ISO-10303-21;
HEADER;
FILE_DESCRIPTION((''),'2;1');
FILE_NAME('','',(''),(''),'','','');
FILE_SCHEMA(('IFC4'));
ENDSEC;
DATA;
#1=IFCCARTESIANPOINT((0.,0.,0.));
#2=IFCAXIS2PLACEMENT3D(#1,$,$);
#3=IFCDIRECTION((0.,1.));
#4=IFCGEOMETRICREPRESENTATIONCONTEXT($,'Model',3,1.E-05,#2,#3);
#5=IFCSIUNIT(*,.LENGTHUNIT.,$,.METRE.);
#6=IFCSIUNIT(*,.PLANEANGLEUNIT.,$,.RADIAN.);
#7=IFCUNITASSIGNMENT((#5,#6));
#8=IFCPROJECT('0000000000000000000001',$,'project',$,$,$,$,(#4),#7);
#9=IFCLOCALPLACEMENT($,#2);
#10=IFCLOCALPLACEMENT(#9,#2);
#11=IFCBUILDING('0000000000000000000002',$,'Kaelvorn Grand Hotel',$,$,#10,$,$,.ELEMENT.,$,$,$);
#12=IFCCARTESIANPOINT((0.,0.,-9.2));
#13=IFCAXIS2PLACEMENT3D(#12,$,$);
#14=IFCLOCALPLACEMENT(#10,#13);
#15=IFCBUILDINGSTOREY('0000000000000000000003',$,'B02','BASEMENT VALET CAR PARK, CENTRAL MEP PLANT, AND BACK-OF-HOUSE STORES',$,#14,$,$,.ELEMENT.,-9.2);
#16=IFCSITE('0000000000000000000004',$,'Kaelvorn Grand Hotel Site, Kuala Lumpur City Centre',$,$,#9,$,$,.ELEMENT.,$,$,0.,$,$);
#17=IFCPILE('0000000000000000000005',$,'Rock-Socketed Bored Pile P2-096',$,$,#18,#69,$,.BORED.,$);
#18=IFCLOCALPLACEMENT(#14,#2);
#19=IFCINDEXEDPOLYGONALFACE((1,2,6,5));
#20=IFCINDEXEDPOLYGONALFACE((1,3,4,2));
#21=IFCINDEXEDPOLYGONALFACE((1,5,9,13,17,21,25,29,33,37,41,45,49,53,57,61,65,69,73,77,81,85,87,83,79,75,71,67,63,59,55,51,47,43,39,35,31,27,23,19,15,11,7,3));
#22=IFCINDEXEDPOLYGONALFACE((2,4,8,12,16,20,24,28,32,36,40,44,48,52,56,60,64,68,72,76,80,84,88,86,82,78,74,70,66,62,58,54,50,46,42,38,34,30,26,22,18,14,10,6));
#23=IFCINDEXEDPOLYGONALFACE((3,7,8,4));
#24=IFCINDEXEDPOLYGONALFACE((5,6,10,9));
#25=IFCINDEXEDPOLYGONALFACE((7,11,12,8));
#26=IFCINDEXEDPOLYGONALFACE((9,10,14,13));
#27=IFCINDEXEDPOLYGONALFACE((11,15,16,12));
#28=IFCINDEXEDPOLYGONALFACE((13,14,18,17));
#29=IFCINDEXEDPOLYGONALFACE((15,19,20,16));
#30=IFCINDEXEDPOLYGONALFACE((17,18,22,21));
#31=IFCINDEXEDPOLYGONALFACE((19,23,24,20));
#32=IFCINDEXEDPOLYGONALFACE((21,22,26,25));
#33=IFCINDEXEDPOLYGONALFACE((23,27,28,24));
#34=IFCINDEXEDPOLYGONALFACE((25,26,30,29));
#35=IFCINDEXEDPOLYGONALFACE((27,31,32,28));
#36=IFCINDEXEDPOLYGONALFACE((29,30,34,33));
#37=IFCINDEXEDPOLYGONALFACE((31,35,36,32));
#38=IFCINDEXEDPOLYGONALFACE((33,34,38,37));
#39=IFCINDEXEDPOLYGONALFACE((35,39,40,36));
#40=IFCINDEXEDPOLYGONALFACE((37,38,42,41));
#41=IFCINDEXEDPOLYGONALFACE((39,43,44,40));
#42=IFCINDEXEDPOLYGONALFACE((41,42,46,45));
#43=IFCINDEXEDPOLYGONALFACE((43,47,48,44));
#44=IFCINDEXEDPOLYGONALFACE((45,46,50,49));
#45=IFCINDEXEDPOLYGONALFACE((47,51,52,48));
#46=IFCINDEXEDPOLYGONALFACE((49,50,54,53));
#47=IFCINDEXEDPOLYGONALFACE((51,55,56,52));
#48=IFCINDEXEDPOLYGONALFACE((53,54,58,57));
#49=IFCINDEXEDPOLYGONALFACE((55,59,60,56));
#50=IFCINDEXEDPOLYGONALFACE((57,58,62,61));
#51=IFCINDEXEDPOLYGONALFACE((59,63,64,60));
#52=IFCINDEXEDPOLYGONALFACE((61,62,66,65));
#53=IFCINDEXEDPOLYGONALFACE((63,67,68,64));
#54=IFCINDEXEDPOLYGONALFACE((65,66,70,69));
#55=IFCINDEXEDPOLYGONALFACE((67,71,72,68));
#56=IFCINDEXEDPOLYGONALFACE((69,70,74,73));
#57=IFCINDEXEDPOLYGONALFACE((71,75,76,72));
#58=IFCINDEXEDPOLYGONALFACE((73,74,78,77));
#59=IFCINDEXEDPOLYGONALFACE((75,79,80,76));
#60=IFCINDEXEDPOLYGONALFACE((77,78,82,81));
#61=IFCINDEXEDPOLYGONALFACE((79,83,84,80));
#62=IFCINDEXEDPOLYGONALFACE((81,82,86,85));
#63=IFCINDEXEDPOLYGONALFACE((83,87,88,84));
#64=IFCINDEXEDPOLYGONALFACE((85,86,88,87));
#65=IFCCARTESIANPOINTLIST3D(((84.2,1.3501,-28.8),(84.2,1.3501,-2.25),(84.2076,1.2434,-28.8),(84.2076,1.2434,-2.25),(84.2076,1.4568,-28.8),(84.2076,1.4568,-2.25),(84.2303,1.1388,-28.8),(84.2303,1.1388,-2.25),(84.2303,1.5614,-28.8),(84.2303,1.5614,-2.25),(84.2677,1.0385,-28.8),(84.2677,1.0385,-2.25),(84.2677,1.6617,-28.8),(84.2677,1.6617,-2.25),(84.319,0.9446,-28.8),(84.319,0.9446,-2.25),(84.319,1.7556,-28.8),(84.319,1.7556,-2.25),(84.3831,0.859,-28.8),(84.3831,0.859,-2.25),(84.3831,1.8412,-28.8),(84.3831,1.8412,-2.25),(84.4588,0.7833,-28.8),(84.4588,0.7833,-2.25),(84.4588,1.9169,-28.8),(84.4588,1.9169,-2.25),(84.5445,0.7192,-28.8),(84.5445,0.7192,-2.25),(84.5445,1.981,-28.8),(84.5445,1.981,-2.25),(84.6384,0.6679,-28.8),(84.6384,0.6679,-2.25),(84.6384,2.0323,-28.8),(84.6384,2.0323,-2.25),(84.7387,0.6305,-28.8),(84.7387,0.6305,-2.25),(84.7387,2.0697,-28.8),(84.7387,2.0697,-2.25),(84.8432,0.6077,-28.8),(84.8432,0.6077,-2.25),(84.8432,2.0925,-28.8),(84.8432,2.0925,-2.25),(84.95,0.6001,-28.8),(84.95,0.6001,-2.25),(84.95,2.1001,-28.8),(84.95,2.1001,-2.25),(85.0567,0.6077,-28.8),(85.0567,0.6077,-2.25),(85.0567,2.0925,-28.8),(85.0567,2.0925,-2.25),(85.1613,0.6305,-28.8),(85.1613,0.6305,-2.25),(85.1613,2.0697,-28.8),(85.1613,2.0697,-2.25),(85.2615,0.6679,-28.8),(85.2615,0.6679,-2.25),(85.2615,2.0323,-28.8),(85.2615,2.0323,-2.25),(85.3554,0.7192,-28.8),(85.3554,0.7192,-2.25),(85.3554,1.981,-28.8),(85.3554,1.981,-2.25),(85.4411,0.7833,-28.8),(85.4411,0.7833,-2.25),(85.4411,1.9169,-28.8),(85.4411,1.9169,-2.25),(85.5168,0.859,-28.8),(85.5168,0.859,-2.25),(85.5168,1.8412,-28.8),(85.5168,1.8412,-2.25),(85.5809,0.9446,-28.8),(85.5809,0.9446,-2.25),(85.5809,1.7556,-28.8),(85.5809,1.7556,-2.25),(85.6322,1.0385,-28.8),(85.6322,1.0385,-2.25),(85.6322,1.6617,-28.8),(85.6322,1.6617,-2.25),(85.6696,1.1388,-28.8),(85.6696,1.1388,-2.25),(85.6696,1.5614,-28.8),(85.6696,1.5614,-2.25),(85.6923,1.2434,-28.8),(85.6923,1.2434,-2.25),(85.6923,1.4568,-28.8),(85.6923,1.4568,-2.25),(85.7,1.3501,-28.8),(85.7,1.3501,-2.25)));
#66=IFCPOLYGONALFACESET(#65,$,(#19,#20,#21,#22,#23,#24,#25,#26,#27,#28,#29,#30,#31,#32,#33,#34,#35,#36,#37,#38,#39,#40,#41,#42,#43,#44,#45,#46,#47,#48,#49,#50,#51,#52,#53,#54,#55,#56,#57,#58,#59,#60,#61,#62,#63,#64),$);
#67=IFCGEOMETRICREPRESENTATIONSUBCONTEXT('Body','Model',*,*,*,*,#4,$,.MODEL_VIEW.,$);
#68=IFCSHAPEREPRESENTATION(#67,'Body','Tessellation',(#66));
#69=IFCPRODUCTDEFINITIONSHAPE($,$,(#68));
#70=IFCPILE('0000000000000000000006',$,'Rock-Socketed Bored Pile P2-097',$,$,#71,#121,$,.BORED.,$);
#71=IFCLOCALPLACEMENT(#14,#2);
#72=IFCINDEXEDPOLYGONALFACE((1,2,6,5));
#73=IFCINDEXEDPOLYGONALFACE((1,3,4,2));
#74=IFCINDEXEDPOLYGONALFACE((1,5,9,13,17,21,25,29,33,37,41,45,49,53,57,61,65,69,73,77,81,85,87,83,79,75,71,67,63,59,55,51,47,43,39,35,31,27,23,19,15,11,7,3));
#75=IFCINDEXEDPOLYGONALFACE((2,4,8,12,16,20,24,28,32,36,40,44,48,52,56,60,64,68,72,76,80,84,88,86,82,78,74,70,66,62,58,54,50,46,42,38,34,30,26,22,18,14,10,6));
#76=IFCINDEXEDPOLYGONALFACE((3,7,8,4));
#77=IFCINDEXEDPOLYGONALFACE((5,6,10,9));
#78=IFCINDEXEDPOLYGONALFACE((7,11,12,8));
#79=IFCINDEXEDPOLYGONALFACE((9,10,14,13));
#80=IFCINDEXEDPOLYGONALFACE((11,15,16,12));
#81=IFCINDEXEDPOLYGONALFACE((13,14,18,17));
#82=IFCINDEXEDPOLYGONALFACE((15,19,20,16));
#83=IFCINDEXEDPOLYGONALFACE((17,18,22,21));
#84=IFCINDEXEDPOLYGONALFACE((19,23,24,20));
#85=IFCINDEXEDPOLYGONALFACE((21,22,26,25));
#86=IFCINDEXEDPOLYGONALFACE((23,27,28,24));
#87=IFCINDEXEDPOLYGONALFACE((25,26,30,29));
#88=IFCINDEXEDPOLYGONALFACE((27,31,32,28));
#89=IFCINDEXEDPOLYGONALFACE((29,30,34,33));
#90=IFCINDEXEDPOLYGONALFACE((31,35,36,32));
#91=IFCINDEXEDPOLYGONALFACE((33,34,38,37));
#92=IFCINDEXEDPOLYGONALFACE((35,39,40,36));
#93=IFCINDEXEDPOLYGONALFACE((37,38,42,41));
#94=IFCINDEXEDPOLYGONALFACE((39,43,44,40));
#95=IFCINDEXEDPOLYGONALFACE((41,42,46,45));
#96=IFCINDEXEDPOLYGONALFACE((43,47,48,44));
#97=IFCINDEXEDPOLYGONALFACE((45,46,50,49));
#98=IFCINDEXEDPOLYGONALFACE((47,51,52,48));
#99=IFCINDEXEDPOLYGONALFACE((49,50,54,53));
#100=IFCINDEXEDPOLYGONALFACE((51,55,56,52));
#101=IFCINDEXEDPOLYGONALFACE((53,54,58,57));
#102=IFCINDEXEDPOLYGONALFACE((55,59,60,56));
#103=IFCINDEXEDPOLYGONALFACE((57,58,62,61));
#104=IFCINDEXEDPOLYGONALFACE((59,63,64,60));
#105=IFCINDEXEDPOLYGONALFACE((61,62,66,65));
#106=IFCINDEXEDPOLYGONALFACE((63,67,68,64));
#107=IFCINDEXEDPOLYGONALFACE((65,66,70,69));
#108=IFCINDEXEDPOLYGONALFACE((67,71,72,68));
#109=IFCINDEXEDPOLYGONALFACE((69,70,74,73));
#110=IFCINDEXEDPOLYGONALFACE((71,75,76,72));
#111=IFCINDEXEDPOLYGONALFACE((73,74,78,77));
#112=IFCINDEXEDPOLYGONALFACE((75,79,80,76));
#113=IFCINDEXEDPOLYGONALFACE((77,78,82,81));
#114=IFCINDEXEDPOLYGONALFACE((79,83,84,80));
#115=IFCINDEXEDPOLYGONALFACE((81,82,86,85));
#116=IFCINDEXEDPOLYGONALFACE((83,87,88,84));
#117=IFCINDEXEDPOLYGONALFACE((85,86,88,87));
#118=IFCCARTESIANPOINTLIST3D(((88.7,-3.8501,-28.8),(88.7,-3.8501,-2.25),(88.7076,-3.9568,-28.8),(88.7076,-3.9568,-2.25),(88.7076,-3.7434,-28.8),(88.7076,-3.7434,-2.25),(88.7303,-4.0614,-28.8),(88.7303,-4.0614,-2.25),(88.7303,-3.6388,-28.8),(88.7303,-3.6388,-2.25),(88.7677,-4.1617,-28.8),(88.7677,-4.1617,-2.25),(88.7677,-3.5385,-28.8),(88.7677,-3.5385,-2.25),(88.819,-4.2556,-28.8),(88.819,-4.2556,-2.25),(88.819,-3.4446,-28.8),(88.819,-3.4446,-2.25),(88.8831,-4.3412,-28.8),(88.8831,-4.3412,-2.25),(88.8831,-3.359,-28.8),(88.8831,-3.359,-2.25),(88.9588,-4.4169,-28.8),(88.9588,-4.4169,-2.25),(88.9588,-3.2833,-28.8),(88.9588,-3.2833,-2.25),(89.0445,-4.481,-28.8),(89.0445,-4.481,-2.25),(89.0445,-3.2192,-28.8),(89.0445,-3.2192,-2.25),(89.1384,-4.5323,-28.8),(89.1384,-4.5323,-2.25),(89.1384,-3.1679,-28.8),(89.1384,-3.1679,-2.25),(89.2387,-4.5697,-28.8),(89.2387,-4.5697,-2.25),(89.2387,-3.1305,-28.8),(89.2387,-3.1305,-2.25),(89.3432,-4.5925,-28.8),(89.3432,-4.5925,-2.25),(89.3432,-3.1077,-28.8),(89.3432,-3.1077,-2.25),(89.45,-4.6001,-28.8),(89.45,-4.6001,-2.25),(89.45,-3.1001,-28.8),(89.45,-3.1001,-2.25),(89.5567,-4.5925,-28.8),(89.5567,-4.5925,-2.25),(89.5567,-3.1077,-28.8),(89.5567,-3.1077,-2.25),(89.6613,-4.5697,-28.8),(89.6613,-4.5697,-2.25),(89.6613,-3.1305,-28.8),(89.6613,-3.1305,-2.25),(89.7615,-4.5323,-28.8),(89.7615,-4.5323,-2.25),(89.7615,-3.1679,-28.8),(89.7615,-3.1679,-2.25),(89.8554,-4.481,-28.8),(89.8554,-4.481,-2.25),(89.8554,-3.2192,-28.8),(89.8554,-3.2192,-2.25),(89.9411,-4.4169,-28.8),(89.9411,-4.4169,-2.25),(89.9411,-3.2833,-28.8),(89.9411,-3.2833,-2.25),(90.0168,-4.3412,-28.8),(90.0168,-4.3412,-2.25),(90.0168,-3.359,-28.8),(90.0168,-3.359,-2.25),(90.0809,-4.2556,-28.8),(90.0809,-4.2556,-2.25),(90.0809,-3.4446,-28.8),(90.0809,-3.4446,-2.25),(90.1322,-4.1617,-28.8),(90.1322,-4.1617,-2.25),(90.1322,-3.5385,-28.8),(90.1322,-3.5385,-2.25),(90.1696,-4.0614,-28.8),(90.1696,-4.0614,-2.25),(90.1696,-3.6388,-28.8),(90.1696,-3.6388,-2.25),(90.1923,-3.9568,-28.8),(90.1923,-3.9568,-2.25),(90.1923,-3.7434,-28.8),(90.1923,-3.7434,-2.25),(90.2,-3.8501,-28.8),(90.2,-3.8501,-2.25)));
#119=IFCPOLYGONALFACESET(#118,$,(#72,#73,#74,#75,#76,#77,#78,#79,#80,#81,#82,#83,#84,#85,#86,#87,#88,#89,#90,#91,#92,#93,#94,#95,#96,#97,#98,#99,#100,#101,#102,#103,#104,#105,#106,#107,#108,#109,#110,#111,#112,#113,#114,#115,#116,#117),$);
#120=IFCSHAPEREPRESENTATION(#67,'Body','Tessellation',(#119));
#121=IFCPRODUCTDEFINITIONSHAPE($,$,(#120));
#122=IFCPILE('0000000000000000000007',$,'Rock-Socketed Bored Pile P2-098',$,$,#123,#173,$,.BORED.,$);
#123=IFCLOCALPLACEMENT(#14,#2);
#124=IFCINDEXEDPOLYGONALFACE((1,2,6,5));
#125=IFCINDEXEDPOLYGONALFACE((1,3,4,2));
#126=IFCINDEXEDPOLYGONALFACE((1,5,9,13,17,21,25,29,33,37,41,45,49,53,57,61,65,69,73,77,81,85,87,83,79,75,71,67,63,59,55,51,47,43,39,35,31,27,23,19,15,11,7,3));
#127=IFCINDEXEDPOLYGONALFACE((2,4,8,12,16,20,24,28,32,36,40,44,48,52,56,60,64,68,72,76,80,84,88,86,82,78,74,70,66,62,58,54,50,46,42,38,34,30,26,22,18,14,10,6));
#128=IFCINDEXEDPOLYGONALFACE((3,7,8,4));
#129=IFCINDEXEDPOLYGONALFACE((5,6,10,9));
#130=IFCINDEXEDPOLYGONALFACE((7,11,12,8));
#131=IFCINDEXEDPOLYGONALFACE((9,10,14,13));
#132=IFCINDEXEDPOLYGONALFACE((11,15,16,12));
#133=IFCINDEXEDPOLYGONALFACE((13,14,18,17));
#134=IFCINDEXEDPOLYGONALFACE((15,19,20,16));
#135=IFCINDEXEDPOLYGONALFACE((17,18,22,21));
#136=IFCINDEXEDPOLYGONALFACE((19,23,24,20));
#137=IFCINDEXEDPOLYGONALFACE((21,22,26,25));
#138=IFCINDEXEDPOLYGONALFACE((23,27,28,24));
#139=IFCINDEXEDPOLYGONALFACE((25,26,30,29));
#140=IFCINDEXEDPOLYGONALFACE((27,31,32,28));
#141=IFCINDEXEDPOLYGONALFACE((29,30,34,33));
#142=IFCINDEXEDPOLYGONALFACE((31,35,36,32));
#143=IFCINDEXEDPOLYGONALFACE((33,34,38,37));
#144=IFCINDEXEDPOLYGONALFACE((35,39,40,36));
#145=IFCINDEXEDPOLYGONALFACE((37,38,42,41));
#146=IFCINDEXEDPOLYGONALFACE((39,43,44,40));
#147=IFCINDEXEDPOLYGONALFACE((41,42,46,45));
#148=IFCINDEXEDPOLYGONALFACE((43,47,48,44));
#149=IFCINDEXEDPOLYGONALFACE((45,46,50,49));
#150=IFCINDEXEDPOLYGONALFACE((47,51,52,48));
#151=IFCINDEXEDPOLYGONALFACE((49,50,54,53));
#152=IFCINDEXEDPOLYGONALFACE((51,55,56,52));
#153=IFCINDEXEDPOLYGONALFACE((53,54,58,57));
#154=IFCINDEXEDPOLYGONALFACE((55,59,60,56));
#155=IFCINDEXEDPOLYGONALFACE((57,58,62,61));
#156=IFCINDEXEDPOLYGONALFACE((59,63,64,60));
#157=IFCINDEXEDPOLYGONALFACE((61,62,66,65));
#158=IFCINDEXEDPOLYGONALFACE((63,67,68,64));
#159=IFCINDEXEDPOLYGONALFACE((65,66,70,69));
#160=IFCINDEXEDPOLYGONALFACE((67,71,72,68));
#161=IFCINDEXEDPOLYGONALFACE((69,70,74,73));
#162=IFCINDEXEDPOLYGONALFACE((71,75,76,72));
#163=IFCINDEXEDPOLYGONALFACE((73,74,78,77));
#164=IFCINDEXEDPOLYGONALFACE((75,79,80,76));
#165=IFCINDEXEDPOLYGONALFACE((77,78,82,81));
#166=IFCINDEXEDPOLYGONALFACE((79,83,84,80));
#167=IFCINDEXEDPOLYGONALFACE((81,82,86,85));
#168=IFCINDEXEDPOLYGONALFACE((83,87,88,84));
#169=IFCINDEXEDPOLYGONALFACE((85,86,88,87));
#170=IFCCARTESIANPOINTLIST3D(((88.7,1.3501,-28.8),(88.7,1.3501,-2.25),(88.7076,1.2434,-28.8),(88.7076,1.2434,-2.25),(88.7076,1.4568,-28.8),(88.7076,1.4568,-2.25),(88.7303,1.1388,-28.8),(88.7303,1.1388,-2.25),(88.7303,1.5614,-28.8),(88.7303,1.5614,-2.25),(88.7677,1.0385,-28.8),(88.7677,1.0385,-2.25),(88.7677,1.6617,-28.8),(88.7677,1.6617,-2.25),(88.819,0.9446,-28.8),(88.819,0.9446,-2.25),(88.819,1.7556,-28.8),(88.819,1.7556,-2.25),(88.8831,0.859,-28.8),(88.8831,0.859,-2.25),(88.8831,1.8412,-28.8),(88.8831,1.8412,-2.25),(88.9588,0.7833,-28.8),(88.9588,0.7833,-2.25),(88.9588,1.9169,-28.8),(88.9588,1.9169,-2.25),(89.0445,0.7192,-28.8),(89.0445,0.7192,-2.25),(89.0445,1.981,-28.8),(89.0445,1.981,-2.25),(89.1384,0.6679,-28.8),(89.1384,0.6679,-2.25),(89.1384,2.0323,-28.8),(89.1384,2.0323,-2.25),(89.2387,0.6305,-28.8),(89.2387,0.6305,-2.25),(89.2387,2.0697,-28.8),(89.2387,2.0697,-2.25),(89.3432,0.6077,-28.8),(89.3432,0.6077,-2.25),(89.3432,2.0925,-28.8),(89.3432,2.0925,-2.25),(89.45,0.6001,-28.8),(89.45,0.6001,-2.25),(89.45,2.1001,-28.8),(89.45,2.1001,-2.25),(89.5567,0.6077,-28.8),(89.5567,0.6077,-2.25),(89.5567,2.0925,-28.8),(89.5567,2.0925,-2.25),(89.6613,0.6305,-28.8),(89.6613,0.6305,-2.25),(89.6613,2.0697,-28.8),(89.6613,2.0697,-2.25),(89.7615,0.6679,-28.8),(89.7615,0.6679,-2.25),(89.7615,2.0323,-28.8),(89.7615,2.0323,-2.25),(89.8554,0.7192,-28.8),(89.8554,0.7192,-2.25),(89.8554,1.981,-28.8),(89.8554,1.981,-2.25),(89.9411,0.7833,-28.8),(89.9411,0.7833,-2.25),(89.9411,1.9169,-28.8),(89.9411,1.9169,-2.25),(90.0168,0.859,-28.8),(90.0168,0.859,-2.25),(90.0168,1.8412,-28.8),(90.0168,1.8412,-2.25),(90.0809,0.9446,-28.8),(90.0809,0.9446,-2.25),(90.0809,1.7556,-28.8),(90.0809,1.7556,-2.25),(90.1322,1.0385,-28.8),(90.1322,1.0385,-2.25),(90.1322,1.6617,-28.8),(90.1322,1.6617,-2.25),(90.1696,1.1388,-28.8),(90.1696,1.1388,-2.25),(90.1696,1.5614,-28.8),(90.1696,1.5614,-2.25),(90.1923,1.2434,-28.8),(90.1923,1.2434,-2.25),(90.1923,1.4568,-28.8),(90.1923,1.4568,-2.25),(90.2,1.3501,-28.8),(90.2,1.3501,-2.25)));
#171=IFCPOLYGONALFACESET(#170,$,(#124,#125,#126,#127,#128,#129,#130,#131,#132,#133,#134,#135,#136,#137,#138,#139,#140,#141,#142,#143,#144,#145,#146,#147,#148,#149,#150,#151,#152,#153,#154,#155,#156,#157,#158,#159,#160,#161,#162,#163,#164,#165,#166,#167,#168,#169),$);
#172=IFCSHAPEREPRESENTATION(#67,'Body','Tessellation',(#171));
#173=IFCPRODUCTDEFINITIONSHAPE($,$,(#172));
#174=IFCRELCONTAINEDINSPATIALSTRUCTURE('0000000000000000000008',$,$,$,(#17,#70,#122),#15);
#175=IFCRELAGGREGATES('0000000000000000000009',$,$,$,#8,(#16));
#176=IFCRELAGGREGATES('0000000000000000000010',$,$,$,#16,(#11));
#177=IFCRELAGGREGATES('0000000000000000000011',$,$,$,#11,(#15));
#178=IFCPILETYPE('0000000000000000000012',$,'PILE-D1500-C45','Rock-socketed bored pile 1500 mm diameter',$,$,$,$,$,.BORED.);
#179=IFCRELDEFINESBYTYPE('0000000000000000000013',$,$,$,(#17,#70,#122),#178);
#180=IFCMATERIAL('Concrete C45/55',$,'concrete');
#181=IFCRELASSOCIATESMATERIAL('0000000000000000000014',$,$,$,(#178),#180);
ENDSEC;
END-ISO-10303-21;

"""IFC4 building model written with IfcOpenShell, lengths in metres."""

from ifc_helpers import new_model, si_unit, direction, frame, origin, origin_2d, place, context, subcontext, project, spatial, circle, extrude, material, material_profile, profile_set, type_object, element, save


model = new_model("IFC4")

# Units and contexts
model_context = context("Model", 3, precision=1e-05, world=origin(), true_north=direction((0.0, 1.0)))
body_context = subcontext(model_context, "Body", "Model", "MODEL_VIEW")
ifc_project = project(units=[si_unit("LENGTHUNIT", "METRE"), si_unit("PLANEANGLEUNIT", "RADIAN")], contexts=[model_context])

# Site, building, storey
site_placement = place(None, origin())
site = spatial("IfcSite", under=ifc_project, at=site_placement, Name="Kaelvorn Grand Hotel Site, Kuala Lumpur City Centre", CompositionType="ELEMENT", RefElevation=0.0)
building_placement = place(site_placement, origin())
building = spatial("IfcBuilding", under=site, at=building_placement, Name="Kaelvorn Grand Hotel", CompositionType="ELEMENT")
storey_placement = place(building_placement, frame((0.0, 0.0, -9.2)))
storey = spatial("IfcBuildingStorey", under=building, at=storey_placement, Name="B02", Description="BASEMENT VALET CAR PARK, CENTRAL MEP PLANT, AND BACK-OF-HOUSE STORES", CompositionType="ELEMENT", Elevation=-9.2)

# Piles
ifc_material_1 = material(Name="Concrete C45/55", Category="concrete")
ifc_material_profile_1 = material_profile(ifc_material_1, circle(Radius=0.75, at=origin_2d()), Name="BORED PILE D1500")
ifc_profile_set_1 = profile_set([ifc_material_profile_1], Name="Concrete C45/55")
pile_type = type_object("IfcPileType", Name="PILE-D1500-C45", Description="Rock-socketed bored pile 1500 mm diameter", PredefinedType="BORED", material=ifc_profile_set_1)
for number, where, z_axis, x_axis, name in (
    (1, (84.95, 1.3501, -2.25), (0.0, 0.0, -1.0), (1.0, 0.0, 0.0), "Rock-Socketed Bored Pile P2-096"),
    (2, (89.45, -3.8501, -2.25), (0.0, 0.0, -1.0), (1.0, 0.0, 0.0), "Rock-Socketed Bored Pile P2-097"),
    (3, (89.45, 1.3501, -2.25), (0.0, 0.0, -1.0), (1.0, 0.0, 0.0), "Rock-Socketed Bored Pile P2-098"),
):
    element("IfcPile", number, at=place(storey_placement, frame(where, z_axis=z_axis, x_axis=x_axis)), inside=storey, type_object=pile_type, Name=name, PredefinedType="BORED", context=body_context, shape_type="SweptSolid", body=[
        extrude(circle(Radius=0.75, at=origin_2d()), origin(), (0.0, 0.0, 1.0), 26.55),
    ])

save(model, "model.ifc")
